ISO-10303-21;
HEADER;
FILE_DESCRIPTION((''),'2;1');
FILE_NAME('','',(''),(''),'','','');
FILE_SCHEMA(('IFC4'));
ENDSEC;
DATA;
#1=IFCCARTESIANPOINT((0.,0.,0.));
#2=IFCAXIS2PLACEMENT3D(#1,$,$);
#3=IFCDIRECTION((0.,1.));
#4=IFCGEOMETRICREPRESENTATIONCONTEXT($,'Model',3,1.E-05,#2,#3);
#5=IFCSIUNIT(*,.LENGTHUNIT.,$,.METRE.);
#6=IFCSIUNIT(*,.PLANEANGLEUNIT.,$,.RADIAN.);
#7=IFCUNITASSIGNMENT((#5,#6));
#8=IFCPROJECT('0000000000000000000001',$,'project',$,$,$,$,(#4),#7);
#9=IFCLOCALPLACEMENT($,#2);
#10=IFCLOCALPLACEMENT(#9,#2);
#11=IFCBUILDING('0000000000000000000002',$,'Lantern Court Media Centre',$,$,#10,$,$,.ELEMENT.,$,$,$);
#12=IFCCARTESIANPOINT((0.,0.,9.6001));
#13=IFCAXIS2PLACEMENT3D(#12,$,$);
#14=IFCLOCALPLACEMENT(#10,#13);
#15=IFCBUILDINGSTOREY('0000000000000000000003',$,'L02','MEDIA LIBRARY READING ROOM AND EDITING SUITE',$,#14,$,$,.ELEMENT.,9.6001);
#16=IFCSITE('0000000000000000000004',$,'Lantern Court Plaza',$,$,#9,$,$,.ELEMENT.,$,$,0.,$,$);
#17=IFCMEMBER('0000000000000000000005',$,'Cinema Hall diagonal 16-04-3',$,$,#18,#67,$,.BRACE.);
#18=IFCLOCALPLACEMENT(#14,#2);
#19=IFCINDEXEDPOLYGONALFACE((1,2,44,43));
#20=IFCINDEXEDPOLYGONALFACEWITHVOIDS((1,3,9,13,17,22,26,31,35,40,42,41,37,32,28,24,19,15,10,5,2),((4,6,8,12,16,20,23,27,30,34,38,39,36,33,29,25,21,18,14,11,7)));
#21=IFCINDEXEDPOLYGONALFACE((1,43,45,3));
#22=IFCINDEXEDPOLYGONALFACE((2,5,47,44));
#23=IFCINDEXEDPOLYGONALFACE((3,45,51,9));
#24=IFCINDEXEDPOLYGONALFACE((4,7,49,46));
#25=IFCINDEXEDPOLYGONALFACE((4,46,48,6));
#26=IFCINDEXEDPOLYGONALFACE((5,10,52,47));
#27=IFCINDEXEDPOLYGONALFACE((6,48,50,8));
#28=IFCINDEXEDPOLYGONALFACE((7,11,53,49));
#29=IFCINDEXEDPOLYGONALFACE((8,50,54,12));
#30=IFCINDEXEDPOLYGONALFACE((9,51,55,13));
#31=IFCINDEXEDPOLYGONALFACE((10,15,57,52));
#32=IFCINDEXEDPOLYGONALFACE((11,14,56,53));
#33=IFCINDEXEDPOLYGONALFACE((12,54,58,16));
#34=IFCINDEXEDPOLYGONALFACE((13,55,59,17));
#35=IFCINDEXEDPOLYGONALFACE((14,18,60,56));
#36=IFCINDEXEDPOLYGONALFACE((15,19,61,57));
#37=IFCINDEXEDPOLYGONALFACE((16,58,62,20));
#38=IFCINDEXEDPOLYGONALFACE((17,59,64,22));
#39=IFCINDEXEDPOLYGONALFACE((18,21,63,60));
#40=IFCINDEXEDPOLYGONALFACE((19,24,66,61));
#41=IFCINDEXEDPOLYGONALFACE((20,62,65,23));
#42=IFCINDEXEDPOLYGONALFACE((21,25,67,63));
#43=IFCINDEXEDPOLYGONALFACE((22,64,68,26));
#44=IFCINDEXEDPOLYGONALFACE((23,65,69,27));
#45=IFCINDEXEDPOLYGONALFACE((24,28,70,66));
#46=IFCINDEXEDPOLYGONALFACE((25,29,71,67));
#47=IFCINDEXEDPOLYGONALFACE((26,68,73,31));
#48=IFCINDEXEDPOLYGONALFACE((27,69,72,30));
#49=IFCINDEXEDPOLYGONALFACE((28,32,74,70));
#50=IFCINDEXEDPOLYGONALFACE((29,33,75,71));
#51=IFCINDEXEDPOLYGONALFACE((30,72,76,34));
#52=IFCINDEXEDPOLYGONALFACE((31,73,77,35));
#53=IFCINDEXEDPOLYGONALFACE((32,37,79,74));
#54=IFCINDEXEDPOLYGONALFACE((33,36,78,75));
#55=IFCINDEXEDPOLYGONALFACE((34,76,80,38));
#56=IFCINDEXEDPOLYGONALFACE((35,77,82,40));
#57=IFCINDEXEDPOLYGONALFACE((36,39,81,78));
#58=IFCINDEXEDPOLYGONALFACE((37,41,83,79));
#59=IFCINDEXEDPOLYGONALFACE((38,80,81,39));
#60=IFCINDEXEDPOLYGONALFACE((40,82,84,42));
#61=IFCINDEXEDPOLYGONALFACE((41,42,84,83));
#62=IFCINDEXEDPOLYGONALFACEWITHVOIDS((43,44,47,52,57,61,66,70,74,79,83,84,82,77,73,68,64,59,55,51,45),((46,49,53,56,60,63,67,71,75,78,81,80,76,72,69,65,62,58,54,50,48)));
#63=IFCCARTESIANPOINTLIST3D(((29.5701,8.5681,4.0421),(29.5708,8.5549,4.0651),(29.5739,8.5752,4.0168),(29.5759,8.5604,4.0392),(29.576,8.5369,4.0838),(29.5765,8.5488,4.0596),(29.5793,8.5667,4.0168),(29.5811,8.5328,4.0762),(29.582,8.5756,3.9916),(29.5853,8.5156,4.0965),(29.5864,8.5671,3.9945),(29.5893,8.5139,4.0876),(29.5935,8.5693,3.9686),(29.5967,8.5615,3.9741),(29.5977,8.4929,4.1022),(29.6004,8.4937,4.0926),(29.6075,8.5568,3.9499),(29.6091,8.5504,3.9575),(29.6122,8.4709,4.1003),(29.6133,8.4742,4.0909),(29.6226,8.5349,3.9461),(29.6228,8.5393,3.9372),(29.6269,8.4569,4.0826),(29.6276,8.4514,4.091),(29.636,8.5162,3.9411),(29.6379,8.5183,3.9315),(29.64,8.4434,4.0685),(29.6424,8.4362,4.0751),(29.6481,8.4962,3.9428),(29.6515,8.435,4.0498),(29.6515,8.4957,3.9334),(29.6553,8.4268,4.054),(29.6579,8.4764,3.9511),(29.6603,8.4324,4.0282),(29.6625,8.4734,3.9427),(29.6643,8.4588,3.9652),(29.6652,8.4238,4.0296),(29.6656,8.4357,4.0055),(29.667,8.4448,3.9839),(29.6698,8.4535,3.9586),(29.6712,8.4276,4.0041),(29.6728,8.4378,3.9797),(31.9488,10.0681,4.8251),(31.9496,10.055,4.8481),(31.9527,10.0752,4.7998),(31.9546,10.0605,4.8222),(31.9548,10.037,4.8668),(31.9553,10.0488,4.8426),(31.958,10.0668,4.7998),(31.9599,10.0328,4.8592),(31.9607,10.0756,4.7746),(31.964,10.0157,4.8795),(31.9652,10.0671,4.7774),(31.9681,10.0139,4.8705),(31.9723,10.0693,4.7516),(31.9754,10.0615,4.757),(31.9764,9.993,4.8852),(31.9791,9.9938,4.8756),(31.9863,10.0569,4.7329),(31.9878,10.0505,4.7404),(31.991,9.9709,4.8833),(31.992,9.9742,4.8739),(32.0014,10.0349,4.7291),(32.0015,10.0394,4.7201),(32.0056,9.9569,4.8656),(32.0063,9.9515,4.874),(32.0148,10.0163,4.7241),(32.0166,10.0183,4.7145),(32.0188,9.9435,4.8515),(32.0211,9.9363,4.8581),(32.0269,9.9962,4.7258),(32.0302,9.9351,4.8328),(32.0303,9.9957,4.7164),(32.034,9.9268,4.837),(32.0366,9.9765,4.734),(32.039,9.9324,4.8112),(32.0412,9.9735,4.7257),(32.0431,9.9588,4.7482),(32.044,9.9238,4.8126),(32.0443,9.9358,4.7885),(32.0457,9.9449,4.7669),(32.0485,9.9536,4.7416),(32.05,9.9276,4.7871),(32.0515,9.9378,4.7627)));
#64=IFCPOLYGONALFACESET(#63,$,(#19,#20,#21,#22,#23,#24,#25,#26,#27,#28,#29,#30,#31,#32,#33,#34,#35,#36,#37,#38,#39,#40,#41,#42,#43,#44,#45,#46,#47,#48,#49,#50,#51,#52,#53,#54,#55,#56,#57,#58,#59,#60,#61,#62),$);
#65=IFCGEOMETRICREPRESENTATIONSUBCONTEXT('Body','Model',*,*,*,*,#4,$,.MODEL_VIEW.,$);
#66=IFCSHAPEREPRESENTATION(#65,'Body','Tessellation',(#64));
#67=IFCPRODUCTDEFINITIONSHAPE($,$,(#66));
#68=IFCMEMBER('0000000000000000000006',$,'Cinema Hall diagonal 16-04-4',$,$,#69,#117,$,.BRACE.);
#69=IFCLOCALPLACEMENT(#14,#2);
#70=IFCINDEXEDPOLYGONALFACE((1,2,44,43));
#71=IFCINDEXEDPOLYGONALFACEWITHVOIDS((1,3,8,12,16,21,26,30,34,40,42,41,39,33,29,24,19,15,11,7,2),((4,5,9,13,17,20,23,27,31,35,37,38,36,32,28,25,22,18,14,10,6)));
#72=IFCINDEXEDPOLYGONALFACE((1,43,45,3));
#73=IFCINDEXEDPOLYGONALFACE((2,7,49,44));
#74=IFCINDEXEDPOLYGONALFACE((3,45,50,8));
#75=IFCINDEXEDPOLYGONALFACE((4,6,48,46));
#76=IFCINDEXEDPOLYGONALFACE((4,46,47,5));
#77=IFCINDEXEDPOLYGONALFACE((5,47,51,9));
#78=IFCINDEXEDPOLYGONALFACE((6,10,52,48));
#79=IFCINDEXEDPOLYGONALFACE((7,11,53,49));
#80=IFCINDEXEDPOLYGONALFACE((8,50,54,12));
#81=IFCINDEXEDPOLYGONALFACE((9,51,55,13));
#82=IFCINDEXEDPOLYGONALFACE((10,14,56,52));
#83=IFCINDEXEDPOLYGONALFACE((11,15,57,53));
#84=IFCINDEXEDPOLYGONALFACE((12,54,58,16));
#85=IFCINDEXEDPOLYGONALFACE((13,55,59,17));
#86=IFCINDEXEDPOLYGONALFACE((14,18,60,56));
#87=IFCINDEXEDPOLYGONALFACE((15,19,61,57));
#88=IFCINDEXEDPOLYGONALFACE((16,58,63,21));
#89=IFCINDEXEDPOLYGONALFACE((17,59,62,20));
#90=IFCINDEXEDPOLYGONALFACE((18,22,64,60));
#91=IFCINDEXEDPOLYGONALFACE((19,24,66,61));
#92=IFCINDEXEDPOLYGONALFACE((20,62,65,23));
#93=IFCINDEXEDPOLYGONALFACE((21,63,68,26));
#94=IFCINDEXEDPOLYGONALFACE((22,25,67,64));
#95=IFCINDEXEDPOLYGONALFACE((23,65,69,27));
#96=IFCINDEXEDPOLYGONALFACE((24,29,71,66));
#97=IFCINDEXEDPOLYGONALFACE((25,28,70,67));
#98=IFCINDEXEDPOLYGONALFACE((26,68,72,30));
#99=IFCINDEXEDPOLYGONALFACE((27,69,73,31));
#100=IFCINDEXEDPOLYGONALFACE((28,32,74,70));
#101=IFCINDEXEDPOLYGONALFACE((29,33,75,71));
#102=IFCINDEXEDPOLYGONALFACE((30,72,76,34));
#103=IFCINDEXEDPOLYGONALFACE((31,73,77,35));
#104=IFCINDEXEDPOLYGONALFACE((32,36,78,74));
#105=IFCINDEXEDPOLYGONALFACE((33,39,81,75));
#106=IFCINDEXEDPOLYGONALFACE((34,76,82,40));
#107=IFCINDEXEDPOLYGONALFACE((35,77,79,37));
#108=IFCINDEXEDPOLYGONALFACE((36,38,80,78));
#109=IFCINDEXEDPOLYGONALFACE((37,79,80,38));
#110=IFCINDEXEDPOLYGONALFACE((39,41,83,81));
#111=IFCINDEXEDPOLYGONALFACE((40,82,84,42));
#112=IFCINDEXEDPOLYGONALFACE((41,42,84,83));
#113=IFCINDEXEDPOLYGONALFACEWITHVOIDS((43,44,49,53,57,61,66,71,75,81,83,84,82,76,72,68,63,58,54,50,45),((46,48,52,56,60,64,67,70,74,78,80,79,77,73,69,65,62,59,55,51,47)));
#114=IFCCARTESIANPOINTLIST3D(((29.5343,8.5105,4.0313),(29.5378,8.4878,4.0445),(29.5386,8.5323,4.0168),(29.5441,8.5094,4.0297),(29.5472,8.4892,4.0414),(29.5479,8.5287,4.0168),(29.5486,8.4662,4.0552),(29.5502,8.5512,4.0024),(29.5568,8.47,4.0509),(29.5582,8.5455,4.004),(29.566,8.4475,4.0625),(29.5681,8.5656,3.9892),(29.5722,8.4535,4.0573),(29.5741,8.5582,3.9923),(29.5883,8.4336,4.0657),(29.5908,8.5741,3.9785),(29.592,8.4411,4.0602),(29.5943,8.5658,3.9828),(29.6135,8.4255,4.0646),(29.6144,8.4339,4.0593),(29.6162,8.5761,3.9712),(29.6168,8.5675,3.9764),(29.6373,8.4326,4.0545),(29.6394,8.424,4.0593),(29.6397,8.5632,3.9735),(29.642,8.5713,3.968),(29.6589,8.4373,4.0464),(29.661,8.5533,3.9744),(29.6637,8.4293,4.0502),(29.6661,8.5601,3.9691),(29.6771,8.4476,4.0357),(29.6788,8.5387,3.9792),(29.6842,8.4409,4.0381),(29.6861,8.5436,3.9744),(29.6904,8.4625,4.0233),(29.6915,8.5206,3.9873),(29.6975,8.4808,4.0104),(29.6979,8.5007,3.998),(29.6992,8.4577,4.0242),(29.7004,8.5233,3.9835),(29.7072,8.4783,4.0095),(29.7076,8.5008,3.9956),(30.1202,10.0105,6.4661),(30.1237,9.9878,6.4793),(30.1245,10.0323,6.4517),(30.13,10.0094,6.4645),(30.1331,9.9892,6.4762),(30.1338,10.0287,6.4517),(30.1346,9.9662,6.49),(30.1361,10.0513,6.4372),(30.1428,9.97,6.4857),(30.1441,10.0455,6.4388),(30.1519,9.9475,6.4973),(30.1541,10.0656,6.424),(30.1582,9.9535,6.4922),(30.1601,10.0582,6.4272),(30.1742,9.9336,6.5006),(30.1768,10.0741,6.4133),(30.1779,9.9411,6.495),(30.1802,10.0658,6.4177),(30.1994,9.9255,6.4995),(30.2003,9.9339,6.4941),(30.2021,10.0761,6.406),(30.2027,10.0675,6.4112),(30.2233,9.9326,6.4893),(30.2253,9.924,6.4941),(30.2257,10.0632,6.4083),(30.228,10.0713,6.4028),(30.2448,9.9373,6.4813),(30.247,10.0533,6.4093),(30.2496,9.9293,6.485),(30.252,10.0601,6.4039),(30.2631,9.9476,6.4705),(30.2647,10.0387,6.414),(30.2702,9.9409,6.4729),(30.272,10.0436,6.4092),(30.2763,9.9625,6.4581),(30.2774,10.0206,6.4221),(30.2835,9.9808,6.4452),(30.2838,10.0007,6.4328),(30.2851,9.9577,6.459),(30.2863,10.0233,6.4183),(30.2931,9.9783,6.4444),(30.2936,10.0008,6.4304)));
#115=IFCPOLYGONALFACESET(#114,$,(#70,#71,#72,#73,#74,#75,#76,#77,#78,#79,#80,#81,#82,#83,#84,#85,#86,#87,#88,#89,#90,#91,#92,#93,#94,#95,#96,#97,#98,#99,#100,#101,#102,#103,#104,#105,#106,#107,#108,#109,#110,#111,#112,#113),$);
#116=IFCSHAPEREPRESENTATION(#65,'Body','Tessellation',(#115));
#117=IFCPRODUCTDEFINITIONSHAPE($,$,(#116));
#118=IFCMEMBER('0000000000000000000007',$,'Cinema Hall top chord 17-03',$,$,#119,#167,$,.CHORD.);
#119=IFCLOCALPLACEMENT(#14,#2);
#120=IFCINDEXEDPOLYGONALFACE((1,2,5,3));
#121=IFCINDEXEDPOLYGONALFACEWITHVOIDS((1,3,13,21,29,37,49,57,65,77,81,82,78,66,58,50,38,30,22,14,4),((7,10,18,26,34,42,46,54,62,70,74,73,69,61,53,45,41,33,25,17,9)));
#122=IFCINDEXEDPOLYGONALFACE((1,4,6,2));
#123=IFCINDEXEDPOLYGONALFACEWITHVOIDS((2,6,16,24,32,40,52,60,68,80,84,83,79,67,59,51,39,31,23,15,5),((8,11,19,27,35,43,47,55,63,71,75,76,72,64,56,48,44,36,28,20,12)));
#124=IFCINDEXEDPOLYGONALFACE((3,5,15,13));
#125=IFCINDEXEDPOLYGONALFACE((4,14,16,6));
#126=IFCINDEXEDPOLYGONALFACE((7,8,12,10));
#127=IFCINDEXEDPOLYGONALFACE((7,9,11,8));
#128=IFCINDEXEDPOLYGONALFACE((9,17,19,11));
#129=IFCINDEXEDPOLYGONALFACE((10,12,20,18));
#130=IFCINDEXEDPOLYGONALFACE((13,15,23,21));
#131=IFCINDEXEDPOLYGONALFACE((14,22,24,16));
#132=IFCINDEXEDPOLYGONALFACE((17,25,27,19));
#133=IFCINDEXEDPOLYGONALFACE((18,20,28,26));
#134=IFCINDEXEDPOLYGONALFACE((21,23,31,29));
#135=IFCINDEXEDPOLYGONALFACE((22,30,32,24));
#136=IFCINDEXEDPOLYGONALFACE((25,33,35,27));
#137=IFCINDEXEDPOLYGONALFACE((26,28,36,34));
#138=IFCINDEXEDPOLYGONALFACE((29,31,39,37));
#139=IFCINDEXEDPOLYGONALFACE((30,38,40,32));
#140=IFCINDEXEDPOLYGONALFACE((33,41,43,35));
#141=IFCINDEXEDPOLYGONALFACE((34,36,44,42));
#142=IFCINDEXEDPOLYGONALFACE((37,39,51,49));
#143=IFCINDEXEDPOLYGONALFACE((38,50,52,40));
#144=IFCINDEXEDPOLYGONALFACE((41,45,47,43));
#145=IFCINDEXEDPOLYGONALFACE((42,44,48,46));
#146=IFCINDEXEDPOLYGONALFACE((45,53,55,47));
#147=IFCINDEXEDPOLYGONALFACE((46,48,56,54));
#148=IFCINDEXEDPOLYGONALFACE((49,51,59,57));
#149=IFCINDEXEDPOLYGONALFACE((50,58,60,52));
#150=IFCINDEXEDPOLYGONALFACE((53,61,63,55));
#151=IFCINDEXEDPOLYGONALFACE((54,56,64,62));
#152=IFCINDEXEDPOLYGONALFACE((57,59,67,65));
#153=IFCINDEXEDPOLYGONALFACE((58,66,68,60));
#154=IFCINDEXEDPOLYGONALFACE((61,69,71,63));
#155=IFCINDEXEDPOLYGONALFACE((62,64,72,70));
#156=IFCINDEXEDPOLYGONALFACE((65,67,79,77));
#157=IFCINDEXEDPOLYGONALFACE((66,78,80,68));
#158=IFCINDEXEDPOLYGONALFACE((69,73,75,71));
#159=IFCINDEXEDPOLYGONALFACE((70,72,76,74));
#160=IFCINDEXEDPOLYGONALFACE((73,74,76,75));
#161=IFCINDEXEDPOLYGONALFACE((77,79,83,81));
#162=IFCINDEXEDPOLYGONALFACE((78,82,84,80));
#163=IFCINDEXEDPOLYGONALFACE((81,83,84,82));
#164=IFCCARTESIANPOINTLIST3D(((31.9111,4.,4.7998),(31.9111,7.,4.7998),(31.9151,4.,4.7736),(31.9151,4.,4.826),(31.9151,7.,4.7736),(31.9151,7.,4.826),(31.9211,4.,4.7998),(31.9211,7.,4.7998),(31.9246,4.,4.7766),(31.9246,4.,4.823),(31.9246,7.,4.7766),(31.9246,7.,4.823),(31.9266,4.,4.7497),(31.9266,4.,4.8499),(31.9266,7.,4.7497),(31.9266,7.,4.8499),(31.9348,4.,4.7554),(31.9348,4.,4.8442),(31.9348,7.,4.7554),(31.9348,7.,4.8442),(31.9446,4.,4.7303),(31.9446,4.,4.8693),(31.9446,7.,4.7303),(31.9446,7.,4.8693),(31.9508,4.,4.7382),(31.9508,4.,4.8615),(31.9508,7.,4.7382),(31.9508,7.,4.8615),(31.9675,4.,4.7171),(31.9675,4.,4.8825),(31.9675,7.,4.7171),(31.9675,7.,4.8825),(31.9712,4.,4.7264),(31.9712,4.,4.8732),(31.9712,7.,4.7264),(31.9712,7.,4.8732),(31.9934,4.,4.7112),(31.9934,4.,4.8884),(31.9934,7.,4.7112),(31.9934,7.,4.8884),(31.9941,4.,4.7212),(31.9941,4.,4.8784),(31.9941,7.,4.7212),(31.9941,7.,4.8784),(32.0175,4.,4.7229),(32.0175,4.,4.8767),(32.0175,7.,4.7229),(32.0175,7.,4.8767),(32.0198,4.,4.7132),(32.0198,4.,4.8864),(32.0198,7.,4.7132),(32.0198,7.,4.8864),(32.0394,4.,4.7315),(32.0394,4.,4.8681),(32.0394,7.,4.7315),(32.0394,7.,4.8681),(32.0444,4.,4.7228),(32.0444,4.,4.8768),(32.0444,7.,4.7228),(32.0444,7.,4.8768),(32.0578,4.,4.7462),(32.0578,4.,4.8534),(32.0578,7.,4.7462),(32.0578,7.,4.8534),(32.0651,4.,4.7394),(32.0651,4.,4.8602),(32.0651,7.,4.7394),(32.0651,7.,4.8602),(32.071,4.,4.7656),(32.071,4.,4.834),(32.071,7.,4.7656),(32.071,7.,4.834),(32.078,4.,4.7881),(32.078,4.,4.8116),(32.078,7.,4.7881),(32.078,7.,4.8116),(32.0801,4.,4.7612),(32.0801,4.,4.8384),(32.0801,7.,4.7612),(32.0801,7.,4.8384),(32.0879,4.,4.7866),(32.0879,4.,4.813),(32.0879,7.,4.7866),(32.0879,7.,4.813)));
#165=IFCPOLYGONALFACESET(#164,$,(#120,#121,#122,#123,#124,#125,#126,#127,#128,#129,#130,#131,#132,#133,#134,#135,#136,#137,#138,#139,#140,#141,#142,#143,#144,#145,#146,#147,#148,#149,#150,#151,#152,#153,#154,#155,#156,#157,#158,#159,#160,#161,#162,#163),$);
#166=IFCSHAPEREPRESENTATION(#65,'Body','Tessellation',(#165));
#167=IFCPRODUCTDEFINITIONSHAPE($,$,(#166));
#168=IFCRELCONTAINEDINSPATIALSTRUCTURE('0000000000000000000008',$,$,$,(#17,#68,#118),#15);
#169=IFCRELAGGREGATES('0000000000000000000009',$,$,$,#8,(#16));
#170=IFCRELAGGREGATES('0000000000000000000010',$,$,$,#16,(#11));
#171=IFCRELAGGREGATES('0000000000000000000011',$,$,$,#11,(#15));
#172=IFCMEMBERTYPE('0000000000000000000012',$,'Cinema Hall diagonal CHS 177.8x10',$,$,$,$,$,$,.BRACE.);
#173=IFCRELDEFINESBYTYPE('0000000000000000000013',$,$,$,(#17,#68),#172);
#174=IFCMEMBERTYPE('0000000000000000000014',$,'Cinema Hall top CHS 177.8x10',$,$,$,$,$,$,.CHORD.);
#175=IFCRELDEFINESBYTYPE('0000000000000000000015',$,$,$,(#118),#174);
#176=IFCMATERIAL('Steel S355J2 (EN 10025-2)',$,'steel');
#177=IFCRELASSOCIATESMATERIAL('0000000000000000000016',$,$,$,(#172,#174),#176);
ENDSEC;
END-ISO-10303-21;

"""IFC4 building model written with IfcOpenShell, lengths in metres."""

from ifc_helpers import new_model, si_unit, direction, frame, origin, origin_2d, place, context, subcontext, project, spatial, hollow_circle, extrude, material, material_profile, profile_set, type_object, element, save


model = new_model("IFC4")

# Units and contexts
model_context = context("Model", 3, precision=1e-05, world=origin(), true_north=direction((0.0, 1.0)))
body_context = subcontext(model_context, "Body", "Model", "MODEL_VIEW")
ifc_project = project(units=[si_unit("LENGTHUNIT", "METRE"), si_unit("PLANEANGLEUNIT", "RADIAN")], contexts=[model_context])

# Site, building, storey
site_placement = place(None, origin())
site = spatial("IfcSite", under=ifc_project, at=site_placement, Name="Lantern Court Plaza", CompositionType="ELEMENT", RefElevation=0.0)
building_placement = place(site_placement, origin())
building = spatial("IfcBuilding", under=site, at=building_placement, Name="Lantern Court Media Centre", CompositionType="ELEMENT")
storey_placement = place(building_placement, frame((0.0, 0.0, 9.6001)))
storey = spatial("IfcBuildingStorey", under=building, at=storey_placement, Name="L02", Description="MEDIA LIBRARY READING ROOM AND EDITING SUITE", CompositionType="ELEMENT", Elevation=9.6001)

# Members
ifc_material_1 = material(Name="Steel S355J2 (EN 10025-2)", Category="steel")
ifc_material_profile_1 = material_profile(ifc_material_1, hollow_circle(Radius=0.0889, WallThickness=0.01, at=origin_2d()), Name="Cinema Hall diagonal CHS 177.8x10")
ifc_profile_set_1 = profile_set([ifc_material_profile_1], Name="Steel S355J2 (EN 10025-2)")
member_type_1 = type_object("IfcMemberType", Name="Cinema Hall diagonal CHS 177.8x10", PredefinedType="BRACE", material=ifc_profile_set_1)
for number, where, z_axis, x_axis, name in (
    (1, (29.6213, 8.5, 4.0168), (0.814866, 0.51386, 0.268221), (-0.533405, 0.84586, 0.0), "Cinema Hall diagonal 16-04-3"),
    (2, (29.6213, 8.5, 4.0168), (0.20072, 0.513842, 0.834073), (-0.931457, 0.363851, 0.0), "Cinema Hall diagonal 16-04-4"),
):
    element("IfcMember", number, at=place(storey_placement, frame(where, z_axis=z_axis, x_axis=x_axis)), inside=storey, type_object=member_type_1, Name=name, PredefinedType="BRACE", context=body_context, shape_type="SweptSolid", body=[
        extrude(hollow_circle(Radius=0.0889, WallThickness=0.01, at=origin_2d()), origin(), (0.0, 0.0, 1.0), 2.9192),
    ])
ifc_material_profile_2 = material_profile(ifc_material_1, hollow_circle(Radius=0.0889, WallThickness=0.01, at=origin_2d()), Name="Cinema Hall top CHS 177.8x10")
ifc_profile_set_2 = profile_set([ifc_material_profile_2], Name="Steel S355J2 (EN 10025-2)")
member_type_2 = type_object("IfcMemberType", Name="Cinema Hall top CHS 177.8x10", PredefinedType="CHORD", material=ifc_profile_set_2)
for number, where, z_axis, x_axis, name in (
    (3, (32.0, 4.0, 4.7998), (0.0, 1.0, 0.0), (-1.0, 0.0, 0.0), "Cinema Hall top chord 17-03"),
):
    element("IfcMember", number, at=place(storey_placement, frame(where, z_axis=z_axis, x_axis=x_axis)), inside=storey, type_object=member_type_2, Name=name, PredefinedType="CHORD", context=body_context, shape_type="SweptSolid", body=[
        extrude(hollow_circle(Radius=0.0889, WallThickness=0.01, at=origin_2d()), origin(), (0.0, 0.0, 1.0), 3.0),
    ])

save(model, "model.ifc")
